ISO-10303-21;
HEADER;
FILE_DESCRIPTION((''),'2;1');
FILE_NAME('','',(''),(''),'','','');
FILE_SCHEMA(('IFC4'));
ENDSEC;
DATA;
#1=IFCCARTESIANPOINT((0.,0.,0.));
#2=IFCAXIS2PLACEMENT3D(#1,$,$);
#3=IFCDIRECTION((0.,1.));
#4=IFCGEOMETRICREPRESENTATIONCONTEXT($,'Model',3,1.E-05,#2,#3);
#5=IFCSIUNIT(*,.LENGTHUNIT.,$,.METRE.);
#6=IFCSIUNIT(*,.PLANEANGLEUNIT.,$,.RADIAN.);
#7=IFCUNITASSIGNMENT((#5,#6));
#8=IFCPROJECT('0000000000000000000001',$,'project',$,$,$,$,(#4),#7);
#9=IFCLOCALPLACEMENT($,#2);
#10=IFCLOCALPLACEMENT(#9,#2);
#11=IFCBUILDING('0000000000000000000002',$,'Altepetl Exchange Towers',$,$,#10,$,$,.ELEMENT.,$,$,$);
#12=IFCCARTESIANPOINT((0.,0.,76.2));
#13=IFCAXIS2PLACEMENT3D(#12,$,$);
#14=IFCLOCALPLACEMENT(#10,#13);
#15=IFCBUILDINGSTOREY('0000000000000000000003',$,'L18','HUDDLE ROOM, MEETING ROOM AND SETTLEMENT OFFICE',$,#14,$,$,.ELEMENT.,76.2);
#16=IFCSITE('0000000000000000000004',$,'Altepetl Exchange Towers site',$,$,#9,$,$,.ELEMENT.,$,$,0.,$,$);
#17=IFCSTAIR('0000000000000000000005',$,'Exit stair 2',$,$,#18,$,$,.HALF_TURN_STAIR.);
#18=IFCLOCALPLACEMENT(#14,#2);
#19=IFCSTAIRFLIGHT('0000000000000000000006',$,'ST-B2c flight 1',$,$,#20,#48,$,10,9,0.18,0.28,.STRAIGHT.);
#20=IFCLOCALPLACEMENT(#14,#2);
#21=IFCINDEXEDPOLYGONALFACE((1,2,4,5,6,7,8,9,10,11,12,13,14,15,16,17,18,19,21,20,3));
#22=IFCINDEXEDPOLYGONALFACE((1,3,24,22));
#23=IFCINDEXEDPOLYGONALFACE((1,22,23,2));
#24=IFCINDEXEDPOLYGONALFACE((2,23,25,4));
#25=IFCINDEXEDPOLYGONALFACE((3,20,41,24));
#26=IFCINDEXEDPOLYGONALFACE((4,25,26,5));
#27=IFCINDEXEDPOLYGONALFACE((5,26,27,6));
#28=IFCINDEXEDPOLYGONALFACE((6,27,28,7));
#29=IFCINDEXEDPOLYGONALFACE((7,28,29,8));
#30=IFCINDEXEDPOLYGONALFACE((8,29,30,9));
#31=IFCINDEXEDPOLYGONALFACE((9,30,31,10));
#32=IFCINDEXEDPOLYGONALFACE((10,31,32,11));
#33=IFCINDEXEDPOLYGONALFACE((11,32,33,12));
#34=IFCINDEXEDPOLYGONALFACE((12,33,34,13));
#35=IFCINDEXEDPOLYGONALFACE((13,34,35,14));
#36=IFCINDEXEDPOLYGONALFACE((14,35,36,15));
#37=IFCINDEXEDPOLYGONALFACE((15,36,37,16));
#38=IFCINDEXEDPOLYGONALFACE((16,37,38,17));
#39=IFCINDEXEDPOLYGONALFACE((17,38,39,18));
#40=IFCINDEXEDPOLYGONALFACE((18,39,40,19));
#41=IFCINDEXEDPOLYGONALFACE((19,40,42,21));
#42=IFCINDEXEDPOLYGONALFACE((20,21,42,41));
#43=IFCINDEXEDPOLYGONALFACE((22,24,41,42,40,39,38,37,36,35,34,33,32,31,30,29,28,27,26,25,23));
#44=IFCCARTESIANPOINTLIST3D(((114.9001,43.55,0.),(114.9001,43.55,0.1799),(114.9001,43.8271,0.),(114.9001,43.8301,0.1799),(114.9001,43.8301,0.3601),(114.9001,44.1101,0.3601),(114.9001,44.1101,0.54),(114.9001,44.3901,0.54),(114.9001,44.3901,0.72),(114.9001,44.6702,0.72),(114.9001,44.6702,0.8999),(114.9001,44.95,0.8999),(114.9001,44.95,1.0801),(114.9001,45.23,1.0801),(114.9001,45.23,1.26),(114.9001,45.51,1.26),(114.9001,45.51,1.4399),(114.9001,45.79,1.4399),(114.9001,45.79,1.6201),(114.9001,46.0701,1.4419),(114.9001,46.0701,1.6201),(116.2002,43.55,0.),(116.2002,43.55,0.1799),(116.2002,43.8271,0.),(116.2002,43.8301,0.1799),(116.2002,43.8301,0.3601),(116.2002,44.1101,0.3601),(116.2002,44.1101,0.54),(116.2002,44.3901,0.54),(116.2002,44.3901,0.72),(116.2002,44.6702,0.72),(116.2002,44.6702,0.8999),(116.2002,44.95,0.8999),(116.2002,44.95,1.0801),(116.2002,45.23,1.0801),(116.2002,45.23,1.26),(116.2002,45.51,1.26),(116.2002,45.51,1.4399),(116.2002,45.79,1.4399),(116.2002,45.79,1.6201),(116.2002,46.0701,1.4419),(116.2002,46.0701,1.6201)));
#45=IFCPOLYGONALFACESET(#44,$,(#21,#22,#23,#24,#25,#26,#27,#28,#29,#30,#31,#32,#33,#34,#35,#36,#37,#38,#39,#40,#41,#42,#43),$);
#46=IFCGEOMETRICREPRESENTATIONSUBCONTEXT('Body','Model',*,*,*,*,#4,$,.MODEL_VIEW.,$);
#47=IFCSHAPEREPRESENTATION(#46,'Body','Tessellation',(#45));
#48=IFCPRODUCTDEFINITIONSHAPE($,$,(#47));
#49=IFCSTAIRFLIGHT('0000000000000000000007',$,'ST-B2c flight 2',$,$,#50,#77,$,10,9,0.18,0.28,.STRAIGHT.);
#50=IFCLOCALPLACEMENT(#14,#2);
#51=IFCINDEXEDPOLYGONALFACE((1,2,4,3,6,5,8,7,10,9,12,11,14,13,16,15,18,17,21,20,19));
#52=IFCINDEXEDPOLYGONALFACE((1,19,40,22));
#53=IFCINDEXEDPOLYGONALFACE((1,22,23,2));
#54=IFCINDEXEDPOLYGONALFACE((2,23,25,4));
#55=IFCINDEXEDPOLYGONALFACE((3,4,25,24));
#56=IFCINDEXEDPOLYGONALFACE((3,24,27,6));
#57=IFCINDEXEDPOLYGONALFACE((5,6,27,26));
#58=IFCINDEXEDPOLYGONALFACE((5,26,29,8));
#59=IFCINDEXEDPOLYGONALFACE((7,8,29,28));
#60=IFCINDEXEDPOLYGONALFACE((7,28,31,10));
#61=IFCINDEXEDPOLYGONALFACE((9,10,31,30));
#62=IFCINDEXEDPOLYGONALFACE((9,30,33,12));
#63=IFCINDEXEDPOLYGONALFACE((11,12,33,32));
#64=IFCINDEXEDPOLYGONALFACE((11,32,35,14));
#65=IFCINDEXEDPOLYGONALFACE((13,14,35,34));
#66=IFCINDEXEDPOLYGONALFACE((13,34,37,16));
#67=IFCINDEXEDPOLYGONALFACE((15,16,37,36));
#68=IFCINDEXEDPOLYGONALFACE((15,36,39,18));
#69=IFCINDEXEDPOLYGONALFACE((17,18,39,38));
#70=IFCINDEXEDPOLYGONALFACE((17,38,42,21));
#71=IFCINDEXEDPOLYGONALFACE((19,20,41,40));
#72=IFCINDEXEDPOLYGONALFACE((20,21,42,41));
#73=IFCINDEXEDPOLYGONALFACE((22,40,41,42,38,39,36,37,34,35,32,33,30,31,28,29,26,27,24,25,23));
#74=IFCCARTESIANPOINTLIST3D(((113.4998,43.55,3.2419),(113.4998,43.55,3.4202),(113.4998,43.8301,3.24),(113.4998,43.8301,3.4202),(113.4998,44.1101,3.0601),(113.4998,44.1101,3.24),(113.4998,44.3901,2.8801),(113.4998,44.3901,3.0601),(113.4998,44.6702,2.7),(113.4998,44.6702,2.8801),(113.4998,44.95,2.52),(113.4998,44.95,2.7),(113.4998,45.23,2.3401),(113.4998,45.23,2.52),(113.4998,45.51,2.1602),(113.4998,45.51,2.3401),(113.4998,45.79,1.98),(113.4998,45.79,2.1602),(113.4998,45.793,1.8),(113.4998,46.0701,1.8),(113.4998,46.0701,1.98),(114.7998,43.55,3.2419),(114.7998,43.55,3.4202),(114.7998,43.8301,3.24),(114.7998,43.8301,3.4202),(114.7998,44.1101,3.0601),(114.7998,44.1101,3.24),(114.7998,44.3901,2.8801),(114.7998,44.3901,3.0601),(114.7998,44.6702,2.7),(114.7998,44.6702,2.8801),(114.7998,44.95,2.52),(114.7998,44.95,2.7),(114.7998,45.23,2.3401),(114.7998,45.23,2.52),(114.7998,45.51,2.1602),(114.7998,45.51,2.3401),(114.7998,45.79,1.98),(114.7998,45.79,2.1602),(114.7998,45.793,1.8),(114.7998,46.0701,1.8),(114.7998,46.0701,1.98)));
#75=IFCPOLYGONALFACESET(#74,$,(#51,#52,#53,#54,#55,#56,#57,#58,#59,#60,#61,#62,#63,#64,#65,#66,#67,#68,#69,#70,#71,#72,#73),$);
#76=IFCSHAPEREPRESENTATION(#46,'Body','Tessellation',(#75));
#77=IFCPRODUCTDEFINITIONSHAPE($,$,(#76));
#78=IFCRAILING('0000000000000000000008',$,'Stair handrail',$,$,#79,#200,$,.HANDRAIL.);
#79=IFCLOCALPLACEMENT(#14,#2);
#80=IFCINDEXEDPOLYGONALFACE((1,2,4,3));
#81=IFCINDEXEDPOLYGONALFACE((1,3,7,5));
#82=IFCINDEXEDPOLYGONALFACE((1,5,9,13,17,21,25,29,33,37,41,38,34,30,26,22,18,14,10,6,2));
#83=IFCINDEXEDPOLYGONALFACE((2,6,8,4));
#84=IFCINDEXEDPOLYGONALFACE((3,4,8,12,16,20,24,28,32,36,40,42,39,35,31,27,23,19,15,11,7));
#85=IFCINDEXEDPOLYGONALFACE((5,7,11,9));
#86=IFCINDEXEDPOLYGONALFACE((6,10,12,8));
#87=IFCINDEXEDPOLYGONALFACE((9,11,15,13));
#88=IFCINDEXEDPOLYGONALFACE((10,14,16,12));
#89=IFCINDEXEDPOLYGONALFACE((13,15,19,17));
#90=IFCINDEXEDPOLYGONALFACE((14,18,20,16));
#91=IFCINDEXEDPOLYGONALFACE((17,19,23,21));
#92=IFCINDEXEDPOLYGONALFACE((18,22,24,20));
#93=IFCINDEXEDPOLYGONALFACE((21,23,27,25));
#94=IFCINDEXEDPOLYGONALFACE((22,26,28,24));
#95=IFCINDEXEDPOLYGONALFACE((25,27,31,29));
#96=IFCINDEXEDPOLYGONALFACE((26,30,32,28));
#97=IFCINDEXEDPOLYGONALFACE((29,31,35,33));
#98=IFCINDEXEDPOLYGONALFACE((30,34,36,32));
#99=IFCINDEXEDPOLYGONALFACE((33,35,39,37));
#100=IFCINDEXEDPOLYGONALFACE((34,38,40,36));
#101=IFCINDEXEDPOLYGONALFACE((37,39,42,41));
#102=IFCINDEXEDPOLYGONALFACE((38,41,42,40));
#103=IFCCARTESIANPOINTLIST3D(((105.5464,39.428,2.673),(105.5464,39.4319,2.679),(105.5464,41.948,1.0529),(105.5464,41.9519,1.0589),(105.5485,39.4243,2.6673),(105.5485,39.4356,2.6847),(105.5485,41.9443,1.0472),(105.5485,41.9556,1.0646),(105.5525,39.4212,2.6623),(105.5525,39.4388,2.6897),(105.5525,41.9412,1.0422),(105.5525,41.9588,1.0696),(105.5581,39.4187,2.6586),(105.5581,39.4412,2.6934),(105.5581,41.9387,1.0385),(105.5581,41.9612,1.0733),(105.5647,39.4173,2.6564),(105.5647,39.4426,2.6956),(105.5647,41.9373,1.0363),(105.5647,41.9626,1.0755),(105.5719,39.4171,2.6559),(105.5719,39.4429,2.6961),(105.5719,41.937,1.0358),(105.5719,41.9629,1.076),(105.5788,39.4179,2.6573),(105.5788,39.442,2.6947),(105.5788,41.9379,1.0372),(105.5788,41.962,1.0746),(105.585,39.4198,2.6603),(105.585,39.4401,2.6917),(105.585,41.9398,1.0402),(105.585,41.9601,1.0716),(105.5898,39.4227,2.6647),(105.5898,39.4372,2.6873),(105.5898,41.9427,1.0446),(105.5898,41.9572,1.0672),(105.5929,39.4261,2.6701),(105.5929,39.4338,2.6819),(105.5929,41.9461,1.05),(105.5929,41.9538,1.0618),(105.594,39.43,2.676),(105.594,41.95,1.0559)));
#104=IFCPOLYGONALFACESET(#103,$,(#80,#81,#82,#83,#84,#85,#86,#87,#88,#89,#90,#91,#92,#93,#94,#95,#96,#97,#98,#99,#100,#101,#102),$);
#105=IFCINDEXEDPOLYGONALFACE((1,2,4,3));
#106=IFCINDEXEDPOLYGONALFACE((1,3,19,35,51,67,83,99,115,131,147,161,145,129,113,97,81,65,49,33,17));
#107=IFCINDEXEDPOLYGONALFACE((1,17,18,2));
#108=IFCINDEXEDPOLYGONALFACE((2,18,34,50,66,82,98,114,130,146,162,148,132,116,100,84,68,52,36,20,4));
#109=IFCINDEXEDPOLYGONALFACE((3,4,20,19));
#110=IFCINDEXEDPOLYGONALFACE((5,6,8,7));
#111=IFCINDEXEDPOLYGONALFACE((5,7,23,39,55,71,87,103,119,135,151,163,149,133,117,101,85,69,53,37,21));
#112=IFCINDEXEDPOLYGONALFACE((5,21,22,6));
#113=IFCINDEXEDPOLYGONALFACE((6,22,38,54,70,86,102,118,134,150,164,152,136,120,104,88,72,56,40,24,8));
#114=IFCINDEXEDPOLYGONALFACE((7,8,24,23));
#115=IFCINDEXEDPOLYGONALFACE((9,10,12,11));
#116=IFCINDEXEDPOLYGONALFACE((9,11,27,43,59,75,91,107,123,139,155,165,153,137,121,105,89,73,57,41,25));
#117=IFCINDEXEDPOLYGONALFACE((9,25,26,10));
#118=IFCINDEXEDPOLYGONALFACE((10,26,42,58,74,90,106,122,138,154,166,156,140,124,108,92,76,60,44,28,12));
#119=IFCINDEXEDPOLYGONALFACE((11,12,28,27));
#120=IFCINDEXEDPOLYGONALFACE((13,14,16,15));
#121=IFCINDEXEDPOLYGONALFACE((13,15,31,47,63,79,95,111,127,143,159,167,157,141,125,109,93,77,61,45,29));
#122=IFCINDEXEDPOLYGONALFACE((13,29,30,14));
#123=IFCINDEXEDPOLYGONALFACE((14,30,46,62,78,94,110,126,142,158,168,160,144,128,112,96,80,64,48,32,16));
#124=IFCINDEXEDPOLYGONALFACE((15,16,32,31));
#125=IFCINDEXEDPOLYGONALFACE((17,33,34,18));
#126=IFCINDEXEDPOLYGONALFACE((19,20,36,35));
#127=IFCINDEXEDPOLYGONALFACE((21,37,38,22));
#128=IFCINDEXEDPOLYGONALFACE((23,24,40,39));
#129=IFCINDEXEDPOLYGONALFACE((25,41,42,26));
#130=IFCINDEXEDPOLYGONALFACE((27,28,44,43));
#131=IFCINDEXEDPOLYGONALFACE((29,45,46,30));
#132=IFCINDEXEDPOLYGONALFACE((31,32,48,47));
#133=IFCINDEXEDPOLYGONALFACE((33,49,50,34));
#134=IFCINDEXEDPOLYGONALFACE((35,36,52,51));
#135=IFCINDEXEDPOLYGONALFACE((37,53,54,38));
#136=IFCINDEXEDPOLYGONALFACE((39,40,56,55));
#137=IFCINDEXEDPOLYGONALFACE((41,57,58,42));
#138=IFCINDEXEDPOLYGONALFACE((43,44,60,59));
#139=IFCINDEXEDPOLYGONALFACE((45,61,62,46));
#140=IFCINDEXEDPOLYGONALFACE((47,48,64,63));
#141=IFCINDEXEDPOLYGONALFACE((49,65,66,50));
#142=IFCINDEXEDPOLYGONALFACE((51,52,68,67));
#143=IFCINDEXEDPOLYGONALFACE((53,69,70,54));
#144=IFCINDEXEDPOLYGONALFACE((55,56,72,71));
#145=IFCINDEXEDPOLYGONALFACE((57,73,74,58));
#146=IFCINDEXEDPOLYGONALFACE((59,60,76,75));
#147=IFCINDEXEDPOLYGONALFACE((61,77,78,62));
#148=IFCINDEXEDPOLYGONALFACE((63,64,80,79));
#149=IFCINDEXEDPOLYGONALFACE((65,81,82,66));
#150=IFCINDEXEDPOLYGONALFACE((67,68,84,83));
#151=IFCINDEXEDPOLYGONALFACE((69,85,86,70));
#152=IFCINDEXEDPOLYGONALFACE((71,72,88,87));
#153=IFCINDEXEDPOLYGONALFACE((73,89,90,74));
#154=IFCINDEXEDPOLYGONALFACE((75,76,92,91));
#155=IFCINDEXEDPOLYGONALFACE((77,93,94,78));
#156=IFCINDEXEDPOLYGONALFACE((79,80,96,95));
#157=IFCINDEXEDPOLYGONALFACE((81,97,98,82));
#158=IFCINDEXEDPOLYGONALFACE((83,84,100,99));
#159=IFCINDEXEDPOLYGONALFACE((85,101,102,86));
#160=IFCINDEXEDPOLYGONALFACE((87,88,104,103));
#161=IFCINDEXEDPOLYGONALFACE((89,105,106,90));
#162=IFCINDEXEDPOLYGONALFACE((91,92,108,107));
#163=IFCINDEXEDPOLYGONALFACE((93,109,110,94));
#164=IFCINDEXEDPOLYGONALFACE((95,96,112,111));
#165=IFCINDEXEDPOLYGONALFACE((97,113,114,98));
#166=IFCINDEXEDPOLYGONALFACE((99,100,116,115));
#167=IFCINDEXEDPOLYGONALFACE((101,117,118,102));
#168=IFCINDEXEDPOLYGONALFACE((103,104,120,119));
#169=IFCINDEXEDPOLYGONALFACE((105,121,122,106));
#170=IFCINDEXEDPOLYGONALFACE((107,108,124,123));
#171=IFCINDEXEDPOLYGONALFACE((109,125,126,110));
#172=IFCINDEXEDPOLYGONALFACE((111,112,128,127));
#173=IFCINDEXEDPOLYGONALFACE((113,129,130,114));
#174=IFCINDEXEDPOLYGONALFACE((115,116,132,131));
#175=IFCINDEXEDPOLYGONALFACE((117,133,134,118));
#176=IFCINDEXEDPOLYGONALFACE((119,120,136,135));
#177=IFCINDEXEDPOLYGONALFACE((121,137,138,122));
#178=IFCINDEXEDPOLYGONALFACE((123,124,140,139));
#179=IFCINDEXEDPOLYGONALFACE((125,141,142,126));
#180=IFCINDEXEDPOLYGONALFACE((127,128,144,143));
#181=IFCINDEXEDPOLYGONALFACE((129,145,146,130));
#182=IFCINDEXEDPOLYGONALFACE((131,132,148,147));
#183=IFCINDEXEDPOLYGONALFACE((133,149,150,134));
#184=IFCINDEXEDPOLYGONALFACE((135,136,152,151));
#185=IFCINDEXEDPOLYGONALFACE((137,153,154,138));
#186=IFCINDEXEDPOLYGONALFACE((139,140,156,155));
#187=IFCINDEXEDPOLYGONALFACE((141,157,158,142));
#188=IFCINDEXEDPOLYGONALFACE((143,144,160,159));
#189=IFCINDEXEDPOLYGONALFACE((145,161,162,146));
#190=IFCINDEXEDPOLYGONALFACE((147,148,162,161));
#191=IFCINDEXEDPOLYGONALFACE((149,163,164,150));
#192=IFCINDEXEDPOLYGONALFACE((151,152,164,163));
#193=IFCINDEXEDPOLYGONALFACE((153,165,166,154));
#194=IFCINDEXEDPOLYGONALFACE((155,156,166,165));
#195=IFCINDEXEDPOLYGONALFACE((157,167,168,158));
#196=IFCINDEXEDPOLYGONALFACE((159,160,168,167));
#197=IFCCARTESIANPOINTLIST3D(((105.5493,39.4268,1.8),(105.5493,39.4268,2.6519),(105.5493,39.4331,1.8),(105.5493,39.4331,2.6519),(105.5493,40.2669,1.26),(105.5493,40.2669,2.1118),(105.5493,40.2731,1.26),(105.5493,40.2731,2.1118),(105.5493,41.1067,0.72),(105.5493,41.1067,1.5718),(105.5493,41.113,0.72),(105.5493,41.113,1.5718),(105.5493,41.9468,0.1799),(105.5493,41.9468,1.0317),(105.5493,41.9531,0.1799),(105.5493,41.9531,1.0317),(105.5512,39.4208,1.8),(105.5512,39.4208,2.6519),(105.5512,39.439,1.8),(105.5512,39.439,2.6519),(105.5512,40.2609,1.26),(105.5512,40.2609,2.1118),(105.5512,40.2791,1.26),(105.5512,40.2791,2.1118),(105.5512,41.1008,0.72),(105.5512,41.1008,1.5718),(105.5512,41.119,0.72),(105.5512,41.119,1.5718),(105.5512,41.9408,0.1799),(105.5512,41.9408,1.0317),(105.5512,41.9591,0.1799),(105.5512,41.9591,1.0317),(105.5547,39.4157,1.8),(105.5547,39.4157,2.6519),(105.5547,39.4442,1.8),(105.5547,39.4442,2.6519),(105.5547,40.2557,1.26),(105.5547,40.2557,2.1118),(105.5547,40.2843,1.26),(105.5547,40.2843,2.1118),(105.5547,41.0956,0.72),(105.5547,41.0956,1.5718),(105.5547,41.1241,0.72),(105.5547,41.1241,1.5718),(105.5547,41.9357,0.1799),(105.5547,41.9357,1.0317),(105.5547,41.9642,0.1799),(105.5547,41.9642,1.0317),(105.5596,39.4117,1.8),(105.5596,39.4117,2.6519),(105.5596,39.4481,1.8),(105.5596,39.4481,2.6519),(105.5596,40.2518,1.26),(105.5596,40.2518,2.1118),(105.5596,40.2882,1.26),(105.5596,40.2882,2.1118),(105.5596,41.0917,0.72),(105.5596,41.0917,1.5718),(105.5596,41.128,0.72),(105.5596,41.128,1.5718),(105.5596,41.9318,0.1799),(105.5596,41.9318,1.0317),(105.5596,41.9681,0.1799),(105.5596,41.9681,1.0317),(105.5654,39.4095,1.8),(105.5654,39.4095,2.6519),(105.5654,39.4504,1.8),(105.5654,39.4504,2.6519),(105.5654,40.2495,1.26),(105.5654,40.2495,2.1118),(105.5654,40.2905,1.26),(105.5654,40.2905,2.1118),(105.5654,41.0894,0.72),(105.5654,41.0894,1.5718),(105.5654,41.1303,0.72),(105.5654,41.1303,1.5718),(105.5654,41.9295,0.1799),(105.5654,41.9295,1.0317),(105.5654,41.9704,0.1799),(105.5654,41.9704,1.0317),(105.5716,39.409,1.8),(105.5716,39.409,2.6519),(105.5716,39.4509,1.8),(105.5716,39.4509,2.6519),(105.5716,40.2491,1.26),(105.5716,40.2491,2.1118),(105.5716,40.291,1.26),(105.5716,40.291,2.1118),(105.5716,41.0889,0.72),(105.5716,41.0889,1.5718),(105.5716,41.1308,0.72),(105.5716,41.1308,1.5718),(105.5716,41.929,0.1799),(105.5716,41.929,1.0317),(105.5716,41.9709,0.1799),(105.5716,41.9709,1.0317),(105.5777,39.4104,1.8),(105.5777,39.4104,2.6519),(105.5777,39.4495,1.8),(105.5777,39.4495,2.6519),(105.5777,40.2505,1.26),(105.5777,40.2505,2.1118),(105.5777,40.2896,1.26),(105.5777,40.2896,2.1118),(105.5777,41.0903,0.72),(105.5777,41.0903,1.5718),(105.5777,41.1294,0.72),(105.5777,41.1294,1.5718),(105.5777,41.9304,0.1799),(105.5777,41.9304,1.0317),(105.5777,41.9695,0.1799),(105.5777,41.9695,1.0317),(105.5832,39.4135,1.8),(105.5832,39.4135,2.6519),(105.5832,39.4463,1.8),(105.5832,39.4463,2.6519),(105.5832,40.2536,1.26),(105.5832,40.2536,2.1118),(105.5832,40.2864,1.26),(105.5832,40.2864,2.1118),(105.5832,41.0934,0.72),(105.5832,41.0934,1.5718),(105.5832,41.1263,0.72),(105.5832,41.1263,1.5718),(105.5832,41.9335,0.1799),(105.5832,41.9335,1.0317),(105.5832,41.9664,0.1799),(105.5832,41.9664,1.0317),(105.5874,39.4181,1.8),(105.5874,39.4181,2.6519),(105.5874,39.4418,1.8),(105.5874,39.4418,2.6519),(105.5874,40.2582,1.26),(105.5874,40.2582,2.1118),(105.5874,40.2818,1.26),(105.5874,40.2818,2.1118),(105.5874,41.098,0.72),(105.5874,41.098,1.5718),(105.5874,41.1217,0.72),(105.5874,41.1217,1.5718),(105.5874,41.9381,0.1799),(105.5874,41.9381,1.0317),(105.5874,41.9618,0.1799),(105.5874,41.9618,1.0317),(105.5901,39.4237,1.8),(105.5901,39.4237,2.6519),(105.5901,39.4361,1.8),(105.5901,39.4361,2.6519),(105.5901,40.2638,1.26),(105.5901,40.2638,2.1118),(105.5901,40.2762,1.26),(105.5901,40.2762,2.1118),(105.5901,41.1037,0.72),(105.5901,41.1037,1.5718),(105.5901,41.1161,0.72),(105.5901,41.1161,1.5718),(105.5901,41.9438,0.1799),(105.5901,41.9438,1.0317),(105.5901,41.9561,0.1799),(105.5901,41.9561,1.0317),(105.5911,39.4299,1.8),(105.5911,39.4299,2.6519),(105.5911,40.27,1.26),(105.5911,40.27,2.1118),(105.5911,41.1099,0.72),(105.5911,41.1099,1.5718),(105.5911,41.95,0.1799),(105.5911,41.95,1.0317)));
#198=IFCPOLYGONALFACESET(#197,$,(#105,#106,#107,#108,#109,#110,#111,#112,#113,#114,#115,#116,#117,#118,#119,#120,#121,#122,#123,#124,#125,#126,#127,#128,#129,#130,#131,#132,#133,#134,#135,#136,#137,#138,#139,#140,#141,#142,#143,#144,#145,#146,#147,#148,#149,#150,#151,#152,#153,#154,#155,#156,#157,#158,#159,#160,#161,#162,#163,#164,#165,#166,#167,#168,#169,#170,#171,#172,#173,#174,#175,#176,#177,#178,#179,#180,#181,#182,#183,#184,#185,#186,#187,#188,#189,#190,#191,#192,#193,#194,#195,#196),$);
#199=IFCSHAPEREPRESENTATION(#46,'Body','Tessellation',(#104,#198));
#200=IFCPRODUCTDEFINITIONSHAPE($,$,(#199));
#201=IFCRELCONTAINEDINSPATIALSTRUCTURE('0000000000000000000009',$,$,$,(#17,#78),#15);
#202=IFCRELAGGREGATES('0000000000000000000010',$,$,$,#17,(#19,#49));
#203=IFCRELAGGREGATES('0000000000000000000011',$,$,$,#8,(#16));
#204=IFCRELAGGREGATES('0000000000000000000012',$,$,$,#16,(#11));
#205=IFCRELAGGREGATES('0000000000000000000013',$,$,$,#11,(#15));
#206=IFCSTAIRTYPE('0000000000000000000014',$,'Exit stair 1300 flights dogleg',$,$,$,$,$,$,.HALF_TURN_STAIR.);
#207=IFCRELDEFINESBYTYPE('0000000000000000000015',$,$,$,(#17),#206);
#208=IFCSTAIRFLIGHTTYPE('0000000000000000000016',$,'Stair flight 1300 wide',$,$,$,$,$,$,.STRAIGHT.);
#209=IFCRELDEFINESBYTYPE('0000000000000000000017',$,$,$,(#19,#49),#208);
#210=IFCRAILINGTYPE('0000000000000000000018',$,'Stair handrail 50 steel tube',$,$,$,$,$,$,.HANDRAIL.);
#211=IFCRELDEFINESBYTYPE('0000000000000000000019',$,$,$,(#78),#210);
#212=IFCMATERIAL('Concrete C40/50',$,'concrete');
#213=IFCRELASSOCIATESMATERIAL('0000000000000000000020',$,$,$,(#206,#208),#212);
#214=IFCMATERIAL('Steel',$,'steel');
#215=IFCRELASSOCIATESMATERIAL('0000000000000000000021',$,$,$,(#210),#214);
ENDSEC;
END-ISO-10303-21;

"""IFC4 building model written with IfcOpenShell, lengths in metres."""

from ifc_helpers import new_model, si_unit, direction, frame, origin, origin_2d, place, context, subcontext, project, spatial, polyline, circle, outline, extrude, source, transform, mapped, material, type_object, element, aggregate, save


model = new_model("IFC4")

# Units and contexts
model_context = context("Model", 3, precision=1e-05, world=origin(), true_north=direction((0.0, 1.0)))
body_context = subcontext(model_context, "Body", "Model", "MODEL_VIEW")
ifc_project = project(units=[si_unit("LENGTHUNIT", "METRE"), si_unit("PLANEANGLEUNIT", "RADIAN")], contexts=[model_context])

# Site, building, storey
site_placement = place(None, origin())
site = spatial("IfcSite", under=ifc_project, at=site_placement, Name="Altepetl Exchange Towers site", CompositionType="ELEMENT", RefElevation=0.0)
building_placement = place(site_placement, origin())
building = spatial("IfcBuilding", under=site, at=building_placement, Name="Altepetl Exchange Towers", CompositionType="ELEMENT")
storey_placement = place(building_placement, frame((0.0, 0.0, 76.2)))
storey = spatial("IfcBuildingStorey", under=building, at=storey_placement, Name="L18", Description="HUDDLE ROOM, MEETING ROOM AND SETTLEMENT OFFICE", CompositionType="ELEMENT", Elevation=76.2)

# Shared definitions
ifc_material_1 = material(Name="Concrete C40/50", Category="concrete")

# Shared definitions
stair_type = type_object("IfcStairType", Name="Exit stair 1300 flights dogleg", PredefinedType="HALF_TURN_STAIR", material=ifc_material_1)
stair_flight_type = type_object("IfcStairFlightType", Name="Stair flight 1300 wide", PredefinedType="STRAIGHT", material=ifc_material_1)

# Stair, stair flights
stair_1_placement = place(storey_placement, origin())
stair_1 = element("IfcStair", 1, at=stair_1_placement, inside=storey, type_object=stair_type, Name="Exit stair 2", PredefinedType="HALF_TURN_STAIR")
stair_flight_1_placement = place(storey_placement, frame((115.55, 43.55, 0.0), z_axis=(0.0, 0.0, 1.0), x_axis=(0.0, 1.0, 0.0)))
stair_flight_1 = element("IfcStairFlight", 2, at=stair_flight_1_placement, type_object=stair_flight_type, Name="ST-B2c flight 1", NumberOfRisers=10, NumberOfTreads=9, PredefinedType="STRAIGHT", RiserHeight=0.18, TreadLength=0.28, context=body_context, shape_type="SweptSolid", body=[
    extrude(outline(polyline([(0.0, 0.0), (0.0, 0.1799), (0.28, 0.1799), (0.28, 0.3601), (0.5601, 0.3601), (0.5601, 0.54), (0.8401, 0.54), (0.8401, 0.72), (1.1201, 0.72), (1.1201, 0.8999), (1.3999, 0.8999), (1.3999, 1.0801), (1.6799, 1.0801), (1.6799, 1.26), (1.96, 1.26), (1.96, 1.4399), (2.24, 1.4399), (2.24, 1.6201), (2.52, 1.6201), (2.52, 1.8), (2.52, 1.4419), (0.2771, 0.0), (0.0, 0.0)])), frame((0.0, 0.6499, 0.0), z_axis=(0.0, -1.0, 0.0), x_axis=(1.0, 0.0, 0.0)), (0.0, 0.0, 1.0), 1.3),
])
stair_flight_2_placement = place(storey_placement, frame((114.1499, 46.0701, 1.8), z_axis=(0.0, 0.0, 1.0), x_axis=(0.0, -1.0, 0.0)))
stair_flight_2 = element("IfcStairFlight", 3, at=stair_flight_2_placement, type_object=stair_flight_type, Name="ST-B2c flight 2", NumberOfRisers=10, NumberOfTreads=9, PredefinedType="STRAIGHT", RiserHeight=0.18, TreadLength=0.28, context=body_context, shape_type="SweptSolid", body=[
    extrude(outline(polyline([(0.0, 0.0), (0.0, 0.1799), (0.28, 0.1799), (0.28, 0.3601), (0.5601, 0.3601), (0.5601, 0.54), (0.8401, 0.54), (0.8401, 0.72), (1.1201, 0.72), (1.1201, 0.8999), (1.3999, 0.8999), (1.3999, 1.0801), (1.6799, 1.0801), (1.6799, 1.26), (1.96, 1.26), (1.96, 1.4399), (2.24, 1.4399), (2.24, 1.6201), (2.52, 1.6201), (2.52, 1.8), (2.52, 1.4419), (0.2771, 0.0), (0.0, 0.0)])), frame((0.0, 0.6499, 0.0), z_axis=(0.0, -1.0, 0.0), x_axis=(1.0, 0.0, 0.0)), (0.0, 0.0, 1.0), 1.3),
])
aggregate(stair_1, [stair_flight_1, stair_flight_2])

# Railing
ifc_material_2 = material(Name="Steel", Category="steel")
railing_type = type_object("IfcRailingType", Name="Stair handrail 50 steel tube", PredefinedType="HANDRAIL", material=ifc_material_2)
shared_shape = source(origin(), body_context, "Body", "SweptSolid", [
    extrude(circle(Radius=0.021, at=origin_2d()), origin(), (0.0, 0.0, 1.0), 0.8518),
])
railing_1_placement = place(storey_placement, frame((105.5701, 41.95, 0.1799)))
element("IfcRailing", 4, at=railing_1_placement, inside=storey, type_object=railing_type, Name="Stair handrail", PredefinedType="HANDRAIL", context=body_context, shape_type="SweptSolid", body=[
    extrude(circle(Radius=0.0239, at=origin_2d()), frame((0.0, 0.0, 0.876), z_axis=(0.0, -0.841163, 0.540782), x_axis=(1.0, 0.0, 0.0)), (0.0, 0.0, 1.0), 2.9958),
    mapped(shared_shape, transform((0.0, 0.0, 0.0))),
    mapped(shared_shape, transform((0.0, -0.8401, 0.54))),
    mapped(shared_shape, transform((0.0, -1.6799, 1.0801))),
    mapped(shared_shape, transform((0.0, -2.52, 1.6201))),
])

save(model, "model.ifc")
